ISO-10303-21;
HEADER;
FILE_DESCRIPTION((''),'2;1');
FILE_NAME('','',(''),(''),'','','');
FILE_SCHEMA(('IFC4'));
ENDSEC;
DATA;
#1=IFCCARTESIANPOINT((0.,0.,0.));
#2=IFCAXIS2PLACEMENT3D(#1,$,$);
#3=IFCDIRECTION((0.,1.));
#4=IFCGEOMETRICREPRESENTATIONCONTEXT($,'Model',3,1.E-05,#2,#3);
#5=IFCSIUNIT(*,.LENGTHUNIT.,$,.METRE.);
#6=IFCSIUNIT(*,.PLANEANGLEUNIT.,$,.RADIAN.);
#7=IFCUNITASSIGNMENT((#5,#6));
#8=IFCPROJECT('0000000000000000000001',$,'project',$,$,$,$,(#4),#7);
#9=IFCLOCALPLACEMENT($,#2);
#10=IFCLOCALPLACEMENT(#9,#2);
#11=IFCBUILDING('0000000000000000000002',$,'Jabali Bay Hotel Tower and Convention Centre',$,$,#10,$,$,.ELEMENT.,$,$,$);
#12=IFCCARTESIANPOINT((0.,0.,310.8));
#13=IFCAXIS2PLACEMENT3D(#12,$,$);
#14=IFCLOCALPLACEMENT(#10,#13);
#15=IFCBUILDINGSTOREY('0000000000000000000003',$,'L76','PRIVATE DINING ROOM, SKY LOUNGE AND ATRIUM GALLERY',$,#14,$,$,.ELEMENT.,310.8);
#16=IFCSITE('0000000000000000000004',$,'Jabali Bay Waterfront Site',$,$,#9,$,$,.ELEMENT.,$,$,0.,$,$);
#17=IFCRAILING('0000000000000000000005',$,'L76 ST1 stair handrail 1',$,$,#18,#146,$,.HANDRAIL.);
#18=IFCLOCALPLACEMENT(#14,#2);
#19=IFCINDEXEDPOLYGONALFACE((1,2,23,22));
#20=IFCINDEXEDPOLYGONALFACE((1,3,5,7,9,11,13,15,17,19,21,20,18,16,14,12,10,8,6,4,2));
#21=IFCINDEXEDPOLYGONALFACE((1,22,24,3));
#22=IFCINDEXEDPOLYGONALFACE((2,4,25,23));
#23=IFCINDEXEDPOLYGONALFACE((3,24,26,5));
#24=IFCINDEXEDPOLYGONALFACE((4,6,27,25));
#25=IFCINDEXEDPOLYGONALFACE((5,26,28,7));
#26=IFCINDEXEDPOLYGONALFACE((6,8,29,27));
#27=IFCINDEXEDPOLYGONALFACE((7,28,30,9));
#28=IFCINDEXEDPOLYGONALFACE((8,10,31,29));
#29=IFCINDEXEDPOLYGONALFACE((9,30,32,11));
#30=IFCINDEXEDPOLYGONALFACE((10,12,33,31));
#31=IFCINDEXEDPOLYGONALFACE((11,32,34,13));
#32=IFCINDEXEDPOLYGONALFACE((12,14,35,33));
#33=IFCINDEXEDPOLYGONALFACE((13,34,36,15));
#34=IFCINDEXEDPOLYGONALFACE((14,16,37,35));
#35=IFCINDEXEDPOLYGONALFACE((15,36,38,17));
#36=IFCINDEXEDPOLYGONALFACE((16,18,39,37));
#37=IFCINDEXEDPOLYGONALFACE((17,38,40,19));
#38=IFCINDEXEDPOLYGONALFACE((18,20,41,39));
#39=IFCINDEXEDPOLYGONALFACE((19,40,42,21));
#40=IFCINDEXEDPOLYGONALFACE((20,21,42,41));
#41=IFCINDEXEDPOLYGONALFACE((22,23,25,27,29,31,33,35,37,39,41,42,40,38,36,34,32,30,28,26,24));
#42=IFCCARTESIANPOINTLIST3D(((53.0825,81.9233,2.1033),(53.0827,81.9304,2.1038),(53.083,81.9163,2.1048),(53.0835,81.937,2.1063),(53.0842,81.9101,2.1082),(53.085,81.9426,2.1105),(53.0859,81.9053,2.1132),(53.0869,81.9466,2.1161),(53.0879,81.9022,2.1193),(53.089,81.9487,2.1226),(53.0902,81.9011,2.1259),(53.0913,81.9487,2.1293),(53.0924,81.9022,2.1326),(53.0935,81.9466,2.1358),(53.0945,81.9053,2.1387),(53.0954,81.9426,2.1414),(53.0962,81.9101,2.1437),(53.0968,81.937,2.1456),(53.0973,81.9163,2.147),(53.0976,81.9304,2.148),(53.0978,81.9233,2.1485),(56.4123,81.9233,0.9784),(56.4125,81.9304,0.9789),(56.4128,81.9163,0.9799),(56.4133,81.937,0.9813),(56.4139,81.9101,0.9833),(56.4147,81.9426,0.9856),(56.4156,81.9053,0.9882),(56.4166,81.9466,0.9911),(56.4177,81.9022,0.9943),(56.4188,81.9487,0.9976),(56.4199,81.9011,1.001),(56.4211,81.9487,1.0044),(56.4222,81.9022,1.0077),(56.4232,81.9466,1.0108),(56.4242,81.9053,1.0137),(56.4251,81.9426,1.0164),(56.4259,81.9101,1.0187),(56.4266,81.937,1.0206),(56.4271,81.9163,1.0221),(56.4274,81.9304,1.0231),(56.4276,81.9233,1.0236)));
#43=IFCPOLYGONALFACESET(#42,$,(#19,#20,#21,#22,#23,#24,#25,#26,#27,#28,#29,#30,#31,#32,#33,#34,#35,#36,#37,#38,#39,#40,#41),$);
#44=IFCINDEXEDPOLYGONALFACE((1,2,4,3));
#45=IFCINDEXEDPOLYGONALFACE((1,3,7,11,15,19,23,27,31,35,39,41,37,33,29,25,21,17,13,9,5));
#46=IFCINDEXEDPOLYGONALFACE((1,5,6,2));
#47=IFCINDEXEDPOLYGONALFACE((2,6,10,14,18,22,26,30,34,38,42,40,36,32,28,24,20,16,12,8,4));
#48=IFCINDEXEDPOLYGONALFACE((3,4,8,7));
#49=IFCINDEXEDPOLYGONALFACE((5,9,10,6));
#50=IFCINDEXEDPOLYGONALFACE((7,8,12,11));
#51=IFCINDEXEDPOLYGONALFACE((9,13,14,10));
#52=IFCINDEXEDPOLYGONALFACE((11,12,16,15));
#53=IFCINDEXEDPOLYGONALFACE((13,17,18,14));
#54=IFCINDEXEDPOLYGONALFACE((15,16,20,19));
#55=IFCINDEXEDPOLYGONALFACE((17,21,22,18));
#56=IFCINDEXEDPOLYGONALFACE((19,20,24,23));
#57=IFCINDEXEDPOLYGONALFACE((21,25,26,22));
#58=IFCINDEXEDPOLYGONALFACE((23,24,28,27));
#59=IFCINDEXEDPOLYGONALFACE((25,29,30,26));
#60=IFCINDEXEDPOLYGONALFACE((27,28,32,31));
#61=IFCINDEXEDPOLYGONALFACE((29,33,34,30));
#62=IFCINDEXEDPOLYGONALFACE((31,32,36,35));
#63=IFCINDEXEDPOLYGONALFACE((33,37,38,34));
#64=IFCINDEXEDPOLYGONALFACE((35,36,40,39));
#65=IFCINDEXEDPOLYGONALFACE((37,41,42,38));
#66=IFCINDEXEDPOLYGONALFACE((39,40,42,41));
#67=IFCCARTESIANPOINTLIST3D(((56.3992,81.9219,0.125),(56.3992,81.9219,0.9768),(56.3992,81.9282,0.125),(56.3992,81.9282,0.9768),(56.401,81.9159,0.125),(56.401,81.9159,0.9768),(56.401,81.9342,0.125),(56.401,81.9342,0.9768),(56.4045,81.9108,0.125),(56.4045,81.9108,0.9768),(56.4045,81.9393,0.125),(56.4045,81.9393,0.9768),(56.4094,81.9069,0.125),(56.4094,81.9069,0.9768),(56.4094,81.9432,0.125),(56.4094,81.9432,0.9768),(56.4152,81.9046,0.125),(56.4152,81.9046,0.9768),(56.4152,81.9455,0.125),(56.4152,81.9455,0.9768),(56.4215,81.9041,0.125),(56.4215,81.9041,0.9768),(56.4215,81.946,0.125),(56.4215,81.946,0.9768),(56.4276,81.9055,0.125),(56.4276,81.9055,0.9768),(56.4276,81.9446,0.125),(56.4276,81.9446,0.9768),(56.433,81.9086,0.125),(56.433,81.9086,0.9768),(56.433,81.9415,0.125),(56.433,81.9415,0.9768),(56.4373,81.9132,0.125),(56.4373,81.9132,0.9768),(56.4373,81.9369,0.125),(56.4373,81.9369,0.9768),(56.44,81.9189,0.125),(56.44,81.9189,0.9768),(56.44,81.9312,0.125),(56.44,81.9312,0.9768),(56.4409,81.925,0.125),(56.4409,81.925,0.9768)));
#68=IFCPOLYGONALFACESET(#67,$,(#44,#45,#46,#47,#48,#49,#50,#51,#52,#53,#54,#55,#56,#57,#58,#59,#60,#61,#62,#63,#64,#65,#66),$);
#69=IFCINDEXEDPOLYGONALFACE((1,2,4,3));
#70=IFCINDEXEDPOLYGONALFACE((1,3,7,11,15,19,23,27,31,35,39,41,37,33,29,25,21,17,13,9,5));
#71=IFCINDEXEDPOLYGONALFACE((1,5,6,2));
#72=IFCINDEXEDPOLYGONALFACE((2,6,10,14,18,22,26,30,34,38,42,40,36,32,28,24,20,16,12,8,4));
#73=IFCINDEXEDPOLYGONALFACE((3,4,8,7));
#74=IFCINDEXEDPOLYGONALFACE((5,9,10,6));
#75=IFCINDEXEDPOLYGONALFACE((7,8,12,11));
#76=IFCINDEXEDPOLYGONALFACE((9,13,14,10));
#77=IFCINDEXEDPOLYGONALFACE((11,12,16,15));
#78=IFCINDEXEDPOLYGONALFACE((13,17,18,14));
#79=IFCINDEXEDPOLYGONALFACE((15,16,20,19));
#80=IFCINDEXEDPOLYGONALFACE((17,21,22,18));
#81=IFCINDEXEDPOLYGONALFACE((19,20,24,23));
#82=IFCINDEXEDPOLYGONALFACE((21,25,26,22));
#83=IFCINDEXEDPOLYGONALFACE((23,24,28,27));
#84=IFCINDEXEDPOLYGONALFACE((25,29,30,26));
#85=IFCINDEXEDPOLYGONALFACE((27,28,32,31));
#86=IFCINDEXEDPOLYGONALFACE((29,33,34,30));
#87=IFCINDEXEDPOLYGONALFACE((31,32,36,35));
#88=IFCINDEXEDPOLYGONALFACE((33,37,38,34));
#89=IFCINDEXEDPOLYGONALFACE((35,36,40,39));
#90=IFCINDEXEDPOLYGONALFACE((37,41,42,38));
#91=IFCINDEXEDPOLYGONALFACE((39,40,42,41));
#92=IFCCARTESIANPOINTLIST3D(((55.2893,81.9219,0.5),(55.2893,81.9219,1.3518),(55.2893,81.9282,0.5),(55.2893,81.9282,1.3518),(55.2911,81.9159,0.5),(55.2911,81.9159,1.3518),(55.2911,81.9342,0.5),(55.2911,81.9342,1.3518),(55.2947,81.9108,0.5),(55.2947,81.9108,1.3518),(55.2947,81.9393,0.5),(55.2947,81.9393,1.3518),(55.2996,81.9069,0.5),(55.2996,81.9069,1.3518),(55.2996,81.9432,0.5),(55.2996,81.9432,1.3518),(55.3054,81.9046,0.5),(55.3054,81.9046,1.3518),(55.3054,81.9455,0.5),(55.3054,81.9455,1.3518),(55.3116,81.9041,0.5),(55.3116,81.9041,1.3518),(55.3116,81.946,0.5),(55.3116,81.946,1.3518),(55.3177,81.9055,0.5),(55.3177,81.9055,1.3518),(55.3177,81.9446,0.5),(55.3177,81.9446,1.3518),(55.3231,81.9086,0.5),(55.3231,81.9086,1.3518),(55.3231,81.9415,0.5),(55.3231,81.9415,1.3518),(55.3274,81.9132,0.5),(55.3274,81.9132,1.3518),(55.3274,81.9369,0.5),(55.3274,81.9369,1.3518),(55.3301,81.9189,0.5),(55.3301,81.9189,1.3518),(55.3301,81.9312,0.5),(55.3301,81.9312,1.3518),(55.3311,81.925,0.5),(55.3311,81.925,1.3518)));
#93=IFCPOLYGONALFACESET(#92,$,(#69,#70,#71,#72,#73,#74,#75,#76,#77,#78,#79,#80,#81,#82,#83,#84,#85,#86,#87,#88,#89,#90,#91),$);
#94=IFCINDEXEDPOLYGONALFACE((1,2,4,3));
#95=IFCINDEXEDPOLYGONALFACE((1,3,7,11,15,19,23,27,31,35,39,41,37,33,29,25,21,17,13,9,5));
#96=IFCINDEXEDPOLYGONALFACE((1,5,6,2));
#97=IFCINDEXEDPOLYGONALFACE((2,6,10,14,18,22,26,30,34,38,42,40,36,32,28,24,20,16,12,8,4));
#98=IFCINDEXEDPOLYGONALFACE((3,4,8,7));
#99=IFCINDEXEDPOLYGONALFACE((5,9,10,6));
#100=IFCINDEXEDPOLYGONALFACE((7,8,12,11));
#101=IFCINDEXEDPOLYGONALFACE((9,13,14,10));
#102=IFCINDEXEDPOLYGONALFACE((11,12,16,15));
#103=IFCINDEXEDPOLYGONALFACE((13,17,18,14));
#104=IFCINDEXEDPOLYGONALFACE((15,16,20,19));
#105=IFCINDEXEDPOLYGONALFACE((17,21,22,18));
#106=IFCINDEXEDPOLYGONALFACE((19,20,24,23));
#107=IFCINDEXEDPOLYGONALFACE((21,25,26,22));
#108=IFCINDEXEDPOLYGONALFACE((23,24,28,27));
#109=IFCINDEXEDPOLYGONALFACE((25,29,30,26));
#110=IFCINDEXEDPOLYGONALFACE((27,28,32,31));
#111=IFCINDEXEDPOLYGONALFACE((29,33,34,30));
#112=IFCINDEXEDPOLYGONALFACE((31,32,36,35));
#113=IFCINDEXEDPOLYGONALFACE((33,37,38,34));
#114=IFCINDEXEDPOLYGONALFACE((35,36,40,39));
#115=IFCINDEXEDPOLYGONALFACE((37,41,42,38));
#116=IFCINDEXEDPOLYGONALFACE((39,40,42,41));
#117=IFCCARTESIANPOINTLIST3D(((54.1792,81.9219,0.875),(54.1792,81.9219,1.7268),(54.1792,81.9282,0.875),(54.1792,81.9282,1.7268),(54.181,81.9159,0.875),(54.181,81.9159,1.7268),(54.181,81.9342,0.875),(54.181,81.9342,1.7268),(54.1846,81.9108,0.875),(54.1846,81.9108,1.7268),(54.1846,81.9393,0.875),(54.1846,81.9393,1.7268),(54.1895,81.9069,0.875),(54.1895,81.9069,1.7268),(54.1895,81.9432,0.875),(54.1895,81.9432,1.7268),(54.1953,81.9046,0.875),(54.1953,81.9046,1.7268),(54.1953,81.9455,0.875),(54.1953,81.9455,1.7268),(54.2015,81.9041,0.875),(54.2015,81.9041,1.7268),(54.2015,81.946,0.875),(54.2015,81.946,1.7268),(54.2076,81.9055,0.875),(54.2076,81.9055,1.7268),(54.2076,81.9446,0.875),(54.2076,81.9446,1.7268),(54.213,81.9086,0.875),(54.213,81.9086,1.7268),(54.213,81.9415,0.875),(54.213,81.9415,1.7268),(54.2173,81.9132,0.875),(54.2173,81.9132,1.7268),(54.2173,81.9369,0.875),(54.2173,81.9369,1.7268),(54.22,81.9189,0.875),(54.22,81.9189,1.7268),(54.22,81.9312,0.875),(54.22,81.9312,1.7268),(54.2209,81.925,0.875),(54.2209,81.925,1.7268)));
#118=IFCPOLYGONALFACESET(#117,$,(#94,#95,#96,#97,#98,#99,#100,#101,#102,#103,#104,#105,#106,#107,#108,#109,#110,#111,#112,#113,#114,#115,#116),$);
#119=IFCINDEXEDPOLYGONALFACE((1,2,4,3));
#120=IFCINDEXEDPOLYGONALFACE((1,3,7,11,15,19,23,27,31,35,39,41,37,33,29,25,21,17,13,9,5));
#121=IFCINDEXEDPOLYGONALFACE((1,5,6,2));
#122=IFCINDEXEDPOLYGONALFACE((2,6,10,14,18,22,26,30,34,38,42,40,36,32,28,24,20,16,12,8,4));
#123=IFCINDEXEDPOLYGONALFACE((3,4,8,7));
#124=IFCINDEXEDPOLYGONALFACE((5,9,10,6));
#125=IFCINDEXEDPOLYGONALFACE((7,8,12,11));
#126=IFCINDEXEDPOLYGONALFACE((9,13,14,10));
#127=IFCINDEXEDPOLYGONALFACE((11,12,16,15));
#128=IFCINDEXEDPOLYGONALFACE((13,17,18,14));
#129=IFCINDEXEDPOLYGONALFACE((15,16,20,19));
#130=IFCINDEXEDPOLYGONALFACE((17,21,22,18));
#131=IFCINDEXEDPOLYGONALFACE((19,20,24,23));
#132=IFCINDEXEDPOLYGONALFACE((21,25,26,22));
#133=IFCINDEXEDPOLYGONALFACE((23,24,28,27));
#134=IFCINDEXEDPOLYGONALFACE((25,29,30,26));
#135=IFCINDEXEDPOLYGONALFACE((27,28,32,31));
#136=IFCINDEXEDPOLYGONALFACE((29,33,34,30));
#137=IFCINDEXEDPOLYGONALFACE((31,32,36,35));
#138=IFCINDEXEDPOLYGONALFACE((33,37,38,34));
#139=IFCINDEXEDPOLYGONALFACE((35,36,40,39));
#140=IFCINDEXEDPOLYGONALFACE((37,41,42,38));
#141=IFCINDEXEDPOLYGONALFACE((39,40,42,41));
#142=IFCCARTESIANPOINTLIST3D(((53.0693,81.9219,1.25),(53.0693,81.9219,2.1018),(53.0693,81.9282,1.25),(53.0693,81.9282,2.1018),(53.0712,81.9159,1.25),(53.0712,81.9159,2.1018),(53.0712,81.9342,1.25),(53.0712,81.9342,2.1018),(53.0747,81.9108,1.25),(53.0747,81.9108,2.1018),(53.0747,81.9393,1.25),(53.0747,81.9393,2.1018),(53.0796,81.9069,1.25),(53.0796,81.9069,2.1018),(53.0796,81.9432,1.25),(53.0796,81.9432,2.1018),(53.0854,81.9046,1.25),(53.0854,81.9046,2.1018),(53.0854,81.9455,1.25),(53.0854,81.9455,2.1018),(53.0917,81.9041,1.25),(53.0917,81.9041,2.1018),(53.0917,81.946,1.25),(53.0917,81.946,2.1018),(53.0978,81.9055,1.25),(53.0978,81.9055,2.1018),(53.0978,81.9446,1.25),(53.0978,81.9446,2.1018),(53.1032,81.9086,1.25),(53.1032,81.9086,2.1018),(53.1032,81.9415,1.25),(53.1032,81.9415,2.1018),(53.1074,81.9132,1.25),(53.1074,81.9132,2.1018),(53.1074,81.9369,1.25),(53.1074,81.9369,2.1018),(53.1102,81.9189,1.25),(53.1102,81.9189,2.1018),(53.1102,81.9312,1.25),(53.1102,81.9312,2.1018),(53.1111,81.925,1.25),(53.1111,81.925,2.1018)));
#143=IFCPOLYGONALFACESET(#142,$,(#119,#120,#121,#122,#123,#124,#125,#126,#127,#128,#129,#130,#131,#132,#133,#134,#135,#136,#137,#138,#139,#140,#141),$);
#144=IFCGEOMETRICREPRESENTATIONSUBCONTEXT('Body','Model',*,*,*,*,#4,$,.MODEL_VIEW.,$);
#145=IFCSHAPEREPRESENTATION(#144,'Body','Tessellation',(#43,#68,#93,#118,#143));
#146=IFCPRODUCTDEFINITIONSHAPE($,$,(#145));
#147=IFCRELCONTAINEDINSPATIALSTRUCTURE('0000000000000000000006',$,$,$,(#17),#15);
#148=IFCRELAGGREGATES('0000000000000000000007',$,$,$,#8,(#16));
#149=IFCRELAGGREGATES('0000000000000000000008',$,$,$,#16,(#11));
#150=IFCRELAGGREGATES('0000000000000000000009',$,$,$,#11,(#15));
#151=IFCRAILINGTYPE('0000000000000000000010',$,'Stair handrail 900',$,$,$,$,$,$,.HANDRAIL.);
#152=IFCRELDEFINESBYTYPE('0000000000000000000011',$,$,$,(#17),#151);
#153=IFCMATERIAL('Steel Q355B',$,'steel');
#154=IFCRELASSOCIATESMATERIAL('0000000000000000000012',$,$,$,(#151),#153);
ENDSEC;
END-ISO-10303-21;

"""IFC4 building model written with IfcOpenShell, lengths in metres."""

from ifc_helpers import new_model, si_unit, direction, frame, origin, origin_2d, place, context, subcontext, project, spatial, circle, extrude, material, type_object, element, save


model = new_model("IFC4")

# Units and contexts
model_context = context("Model", 3, precision=1e-05, world=origin(), true_north=direction((0.0, 1.0)))
body_context = subcontext(model_context, "Body", "Model", "MODEL_VIEW")
ifc_project = project(units=[si_unit("LENGTHUNIT", "METRE"), si_unit("PLANEANGLEUNIT", "RADIAN")], contexts=[model_context])

# Site, building, storey
site_placement = place(None, origin())
site = spatial("IfcSite", under=ifc_project, at=site_placement, Name="Jabali Bay Waterfront Site", CompositionType="ELEMENT", RefElevation=0.0)
building_placement = place(site_placement, origin())
building = spatial("IfcBuilding", under=site, at=building_placement, Name="Jabali Bay Hotel Tower and Convention Centre", CompositionType="ELEMENT")
storey_placement = place(building_placement, frame((0.0, 0.0, 310.8)))
storey = spatial("IfcBuildingStorey", under=building, at=storey_placement, Name="L76", Description="PRIVATE DINING ROOM, SKY LOUNGE AND ATRIUM GALLERY", CompositionType="ELEMENT", Elevation=310.8)

# Railing
ifc_material_1 = material(Name="Steel Q355B", Category="steel")
railing_type_1 = type_object("IfcRailingType", Name="Stair handrail 900", PredefinedType="HANDRAIL", material=ifc_material_1)
for number, where, name in (
    (1, (56.4199, 81.925, 0.125), "L76 ST1 stair handrail 1"),
):
    element("IfcRailing", number, at=place(storey_placement, frame(where)), inside=storey, type_object=railing_type_1, Name=name, PredefinedType="HANDRAIL", context=body_context, shape_type="SweptSolid", body=[
        extrude(circle(Radius=0.0239, at=origin_2d()), frame((0.0, 0.0, 0.876), z_axis=(-0.94739, 0.0, 0.32008), x_axis=(0.0, -1.0, 0.0)), (0.0, 0.0, 1.0), 3.5146),
        extrude(circle(Radius=0.021, at=origin_2d()), origin(), (0.0, 0.0, 1.0), 0.8518),
        extrude(circle(Radius=0.021, at=origin_2d()), frame((-1.1099, 0.0, 0.375)), (0.0, 0.0, 1.0), 0.8518),
        extrude(circle(Radius=0.021, at=origin_2d()), frame((-2.22, 0.0, 0.75)), (0.0, 0.0, 1.0), 0.8518),
        extrude(circle(Radius=0.021, at=origin_2d()), frame((-3.3298, 0.0, 1.125)), (0.0, 0.0, 1.0), 0.8518),
    ])

save(model, "model.ifc")
